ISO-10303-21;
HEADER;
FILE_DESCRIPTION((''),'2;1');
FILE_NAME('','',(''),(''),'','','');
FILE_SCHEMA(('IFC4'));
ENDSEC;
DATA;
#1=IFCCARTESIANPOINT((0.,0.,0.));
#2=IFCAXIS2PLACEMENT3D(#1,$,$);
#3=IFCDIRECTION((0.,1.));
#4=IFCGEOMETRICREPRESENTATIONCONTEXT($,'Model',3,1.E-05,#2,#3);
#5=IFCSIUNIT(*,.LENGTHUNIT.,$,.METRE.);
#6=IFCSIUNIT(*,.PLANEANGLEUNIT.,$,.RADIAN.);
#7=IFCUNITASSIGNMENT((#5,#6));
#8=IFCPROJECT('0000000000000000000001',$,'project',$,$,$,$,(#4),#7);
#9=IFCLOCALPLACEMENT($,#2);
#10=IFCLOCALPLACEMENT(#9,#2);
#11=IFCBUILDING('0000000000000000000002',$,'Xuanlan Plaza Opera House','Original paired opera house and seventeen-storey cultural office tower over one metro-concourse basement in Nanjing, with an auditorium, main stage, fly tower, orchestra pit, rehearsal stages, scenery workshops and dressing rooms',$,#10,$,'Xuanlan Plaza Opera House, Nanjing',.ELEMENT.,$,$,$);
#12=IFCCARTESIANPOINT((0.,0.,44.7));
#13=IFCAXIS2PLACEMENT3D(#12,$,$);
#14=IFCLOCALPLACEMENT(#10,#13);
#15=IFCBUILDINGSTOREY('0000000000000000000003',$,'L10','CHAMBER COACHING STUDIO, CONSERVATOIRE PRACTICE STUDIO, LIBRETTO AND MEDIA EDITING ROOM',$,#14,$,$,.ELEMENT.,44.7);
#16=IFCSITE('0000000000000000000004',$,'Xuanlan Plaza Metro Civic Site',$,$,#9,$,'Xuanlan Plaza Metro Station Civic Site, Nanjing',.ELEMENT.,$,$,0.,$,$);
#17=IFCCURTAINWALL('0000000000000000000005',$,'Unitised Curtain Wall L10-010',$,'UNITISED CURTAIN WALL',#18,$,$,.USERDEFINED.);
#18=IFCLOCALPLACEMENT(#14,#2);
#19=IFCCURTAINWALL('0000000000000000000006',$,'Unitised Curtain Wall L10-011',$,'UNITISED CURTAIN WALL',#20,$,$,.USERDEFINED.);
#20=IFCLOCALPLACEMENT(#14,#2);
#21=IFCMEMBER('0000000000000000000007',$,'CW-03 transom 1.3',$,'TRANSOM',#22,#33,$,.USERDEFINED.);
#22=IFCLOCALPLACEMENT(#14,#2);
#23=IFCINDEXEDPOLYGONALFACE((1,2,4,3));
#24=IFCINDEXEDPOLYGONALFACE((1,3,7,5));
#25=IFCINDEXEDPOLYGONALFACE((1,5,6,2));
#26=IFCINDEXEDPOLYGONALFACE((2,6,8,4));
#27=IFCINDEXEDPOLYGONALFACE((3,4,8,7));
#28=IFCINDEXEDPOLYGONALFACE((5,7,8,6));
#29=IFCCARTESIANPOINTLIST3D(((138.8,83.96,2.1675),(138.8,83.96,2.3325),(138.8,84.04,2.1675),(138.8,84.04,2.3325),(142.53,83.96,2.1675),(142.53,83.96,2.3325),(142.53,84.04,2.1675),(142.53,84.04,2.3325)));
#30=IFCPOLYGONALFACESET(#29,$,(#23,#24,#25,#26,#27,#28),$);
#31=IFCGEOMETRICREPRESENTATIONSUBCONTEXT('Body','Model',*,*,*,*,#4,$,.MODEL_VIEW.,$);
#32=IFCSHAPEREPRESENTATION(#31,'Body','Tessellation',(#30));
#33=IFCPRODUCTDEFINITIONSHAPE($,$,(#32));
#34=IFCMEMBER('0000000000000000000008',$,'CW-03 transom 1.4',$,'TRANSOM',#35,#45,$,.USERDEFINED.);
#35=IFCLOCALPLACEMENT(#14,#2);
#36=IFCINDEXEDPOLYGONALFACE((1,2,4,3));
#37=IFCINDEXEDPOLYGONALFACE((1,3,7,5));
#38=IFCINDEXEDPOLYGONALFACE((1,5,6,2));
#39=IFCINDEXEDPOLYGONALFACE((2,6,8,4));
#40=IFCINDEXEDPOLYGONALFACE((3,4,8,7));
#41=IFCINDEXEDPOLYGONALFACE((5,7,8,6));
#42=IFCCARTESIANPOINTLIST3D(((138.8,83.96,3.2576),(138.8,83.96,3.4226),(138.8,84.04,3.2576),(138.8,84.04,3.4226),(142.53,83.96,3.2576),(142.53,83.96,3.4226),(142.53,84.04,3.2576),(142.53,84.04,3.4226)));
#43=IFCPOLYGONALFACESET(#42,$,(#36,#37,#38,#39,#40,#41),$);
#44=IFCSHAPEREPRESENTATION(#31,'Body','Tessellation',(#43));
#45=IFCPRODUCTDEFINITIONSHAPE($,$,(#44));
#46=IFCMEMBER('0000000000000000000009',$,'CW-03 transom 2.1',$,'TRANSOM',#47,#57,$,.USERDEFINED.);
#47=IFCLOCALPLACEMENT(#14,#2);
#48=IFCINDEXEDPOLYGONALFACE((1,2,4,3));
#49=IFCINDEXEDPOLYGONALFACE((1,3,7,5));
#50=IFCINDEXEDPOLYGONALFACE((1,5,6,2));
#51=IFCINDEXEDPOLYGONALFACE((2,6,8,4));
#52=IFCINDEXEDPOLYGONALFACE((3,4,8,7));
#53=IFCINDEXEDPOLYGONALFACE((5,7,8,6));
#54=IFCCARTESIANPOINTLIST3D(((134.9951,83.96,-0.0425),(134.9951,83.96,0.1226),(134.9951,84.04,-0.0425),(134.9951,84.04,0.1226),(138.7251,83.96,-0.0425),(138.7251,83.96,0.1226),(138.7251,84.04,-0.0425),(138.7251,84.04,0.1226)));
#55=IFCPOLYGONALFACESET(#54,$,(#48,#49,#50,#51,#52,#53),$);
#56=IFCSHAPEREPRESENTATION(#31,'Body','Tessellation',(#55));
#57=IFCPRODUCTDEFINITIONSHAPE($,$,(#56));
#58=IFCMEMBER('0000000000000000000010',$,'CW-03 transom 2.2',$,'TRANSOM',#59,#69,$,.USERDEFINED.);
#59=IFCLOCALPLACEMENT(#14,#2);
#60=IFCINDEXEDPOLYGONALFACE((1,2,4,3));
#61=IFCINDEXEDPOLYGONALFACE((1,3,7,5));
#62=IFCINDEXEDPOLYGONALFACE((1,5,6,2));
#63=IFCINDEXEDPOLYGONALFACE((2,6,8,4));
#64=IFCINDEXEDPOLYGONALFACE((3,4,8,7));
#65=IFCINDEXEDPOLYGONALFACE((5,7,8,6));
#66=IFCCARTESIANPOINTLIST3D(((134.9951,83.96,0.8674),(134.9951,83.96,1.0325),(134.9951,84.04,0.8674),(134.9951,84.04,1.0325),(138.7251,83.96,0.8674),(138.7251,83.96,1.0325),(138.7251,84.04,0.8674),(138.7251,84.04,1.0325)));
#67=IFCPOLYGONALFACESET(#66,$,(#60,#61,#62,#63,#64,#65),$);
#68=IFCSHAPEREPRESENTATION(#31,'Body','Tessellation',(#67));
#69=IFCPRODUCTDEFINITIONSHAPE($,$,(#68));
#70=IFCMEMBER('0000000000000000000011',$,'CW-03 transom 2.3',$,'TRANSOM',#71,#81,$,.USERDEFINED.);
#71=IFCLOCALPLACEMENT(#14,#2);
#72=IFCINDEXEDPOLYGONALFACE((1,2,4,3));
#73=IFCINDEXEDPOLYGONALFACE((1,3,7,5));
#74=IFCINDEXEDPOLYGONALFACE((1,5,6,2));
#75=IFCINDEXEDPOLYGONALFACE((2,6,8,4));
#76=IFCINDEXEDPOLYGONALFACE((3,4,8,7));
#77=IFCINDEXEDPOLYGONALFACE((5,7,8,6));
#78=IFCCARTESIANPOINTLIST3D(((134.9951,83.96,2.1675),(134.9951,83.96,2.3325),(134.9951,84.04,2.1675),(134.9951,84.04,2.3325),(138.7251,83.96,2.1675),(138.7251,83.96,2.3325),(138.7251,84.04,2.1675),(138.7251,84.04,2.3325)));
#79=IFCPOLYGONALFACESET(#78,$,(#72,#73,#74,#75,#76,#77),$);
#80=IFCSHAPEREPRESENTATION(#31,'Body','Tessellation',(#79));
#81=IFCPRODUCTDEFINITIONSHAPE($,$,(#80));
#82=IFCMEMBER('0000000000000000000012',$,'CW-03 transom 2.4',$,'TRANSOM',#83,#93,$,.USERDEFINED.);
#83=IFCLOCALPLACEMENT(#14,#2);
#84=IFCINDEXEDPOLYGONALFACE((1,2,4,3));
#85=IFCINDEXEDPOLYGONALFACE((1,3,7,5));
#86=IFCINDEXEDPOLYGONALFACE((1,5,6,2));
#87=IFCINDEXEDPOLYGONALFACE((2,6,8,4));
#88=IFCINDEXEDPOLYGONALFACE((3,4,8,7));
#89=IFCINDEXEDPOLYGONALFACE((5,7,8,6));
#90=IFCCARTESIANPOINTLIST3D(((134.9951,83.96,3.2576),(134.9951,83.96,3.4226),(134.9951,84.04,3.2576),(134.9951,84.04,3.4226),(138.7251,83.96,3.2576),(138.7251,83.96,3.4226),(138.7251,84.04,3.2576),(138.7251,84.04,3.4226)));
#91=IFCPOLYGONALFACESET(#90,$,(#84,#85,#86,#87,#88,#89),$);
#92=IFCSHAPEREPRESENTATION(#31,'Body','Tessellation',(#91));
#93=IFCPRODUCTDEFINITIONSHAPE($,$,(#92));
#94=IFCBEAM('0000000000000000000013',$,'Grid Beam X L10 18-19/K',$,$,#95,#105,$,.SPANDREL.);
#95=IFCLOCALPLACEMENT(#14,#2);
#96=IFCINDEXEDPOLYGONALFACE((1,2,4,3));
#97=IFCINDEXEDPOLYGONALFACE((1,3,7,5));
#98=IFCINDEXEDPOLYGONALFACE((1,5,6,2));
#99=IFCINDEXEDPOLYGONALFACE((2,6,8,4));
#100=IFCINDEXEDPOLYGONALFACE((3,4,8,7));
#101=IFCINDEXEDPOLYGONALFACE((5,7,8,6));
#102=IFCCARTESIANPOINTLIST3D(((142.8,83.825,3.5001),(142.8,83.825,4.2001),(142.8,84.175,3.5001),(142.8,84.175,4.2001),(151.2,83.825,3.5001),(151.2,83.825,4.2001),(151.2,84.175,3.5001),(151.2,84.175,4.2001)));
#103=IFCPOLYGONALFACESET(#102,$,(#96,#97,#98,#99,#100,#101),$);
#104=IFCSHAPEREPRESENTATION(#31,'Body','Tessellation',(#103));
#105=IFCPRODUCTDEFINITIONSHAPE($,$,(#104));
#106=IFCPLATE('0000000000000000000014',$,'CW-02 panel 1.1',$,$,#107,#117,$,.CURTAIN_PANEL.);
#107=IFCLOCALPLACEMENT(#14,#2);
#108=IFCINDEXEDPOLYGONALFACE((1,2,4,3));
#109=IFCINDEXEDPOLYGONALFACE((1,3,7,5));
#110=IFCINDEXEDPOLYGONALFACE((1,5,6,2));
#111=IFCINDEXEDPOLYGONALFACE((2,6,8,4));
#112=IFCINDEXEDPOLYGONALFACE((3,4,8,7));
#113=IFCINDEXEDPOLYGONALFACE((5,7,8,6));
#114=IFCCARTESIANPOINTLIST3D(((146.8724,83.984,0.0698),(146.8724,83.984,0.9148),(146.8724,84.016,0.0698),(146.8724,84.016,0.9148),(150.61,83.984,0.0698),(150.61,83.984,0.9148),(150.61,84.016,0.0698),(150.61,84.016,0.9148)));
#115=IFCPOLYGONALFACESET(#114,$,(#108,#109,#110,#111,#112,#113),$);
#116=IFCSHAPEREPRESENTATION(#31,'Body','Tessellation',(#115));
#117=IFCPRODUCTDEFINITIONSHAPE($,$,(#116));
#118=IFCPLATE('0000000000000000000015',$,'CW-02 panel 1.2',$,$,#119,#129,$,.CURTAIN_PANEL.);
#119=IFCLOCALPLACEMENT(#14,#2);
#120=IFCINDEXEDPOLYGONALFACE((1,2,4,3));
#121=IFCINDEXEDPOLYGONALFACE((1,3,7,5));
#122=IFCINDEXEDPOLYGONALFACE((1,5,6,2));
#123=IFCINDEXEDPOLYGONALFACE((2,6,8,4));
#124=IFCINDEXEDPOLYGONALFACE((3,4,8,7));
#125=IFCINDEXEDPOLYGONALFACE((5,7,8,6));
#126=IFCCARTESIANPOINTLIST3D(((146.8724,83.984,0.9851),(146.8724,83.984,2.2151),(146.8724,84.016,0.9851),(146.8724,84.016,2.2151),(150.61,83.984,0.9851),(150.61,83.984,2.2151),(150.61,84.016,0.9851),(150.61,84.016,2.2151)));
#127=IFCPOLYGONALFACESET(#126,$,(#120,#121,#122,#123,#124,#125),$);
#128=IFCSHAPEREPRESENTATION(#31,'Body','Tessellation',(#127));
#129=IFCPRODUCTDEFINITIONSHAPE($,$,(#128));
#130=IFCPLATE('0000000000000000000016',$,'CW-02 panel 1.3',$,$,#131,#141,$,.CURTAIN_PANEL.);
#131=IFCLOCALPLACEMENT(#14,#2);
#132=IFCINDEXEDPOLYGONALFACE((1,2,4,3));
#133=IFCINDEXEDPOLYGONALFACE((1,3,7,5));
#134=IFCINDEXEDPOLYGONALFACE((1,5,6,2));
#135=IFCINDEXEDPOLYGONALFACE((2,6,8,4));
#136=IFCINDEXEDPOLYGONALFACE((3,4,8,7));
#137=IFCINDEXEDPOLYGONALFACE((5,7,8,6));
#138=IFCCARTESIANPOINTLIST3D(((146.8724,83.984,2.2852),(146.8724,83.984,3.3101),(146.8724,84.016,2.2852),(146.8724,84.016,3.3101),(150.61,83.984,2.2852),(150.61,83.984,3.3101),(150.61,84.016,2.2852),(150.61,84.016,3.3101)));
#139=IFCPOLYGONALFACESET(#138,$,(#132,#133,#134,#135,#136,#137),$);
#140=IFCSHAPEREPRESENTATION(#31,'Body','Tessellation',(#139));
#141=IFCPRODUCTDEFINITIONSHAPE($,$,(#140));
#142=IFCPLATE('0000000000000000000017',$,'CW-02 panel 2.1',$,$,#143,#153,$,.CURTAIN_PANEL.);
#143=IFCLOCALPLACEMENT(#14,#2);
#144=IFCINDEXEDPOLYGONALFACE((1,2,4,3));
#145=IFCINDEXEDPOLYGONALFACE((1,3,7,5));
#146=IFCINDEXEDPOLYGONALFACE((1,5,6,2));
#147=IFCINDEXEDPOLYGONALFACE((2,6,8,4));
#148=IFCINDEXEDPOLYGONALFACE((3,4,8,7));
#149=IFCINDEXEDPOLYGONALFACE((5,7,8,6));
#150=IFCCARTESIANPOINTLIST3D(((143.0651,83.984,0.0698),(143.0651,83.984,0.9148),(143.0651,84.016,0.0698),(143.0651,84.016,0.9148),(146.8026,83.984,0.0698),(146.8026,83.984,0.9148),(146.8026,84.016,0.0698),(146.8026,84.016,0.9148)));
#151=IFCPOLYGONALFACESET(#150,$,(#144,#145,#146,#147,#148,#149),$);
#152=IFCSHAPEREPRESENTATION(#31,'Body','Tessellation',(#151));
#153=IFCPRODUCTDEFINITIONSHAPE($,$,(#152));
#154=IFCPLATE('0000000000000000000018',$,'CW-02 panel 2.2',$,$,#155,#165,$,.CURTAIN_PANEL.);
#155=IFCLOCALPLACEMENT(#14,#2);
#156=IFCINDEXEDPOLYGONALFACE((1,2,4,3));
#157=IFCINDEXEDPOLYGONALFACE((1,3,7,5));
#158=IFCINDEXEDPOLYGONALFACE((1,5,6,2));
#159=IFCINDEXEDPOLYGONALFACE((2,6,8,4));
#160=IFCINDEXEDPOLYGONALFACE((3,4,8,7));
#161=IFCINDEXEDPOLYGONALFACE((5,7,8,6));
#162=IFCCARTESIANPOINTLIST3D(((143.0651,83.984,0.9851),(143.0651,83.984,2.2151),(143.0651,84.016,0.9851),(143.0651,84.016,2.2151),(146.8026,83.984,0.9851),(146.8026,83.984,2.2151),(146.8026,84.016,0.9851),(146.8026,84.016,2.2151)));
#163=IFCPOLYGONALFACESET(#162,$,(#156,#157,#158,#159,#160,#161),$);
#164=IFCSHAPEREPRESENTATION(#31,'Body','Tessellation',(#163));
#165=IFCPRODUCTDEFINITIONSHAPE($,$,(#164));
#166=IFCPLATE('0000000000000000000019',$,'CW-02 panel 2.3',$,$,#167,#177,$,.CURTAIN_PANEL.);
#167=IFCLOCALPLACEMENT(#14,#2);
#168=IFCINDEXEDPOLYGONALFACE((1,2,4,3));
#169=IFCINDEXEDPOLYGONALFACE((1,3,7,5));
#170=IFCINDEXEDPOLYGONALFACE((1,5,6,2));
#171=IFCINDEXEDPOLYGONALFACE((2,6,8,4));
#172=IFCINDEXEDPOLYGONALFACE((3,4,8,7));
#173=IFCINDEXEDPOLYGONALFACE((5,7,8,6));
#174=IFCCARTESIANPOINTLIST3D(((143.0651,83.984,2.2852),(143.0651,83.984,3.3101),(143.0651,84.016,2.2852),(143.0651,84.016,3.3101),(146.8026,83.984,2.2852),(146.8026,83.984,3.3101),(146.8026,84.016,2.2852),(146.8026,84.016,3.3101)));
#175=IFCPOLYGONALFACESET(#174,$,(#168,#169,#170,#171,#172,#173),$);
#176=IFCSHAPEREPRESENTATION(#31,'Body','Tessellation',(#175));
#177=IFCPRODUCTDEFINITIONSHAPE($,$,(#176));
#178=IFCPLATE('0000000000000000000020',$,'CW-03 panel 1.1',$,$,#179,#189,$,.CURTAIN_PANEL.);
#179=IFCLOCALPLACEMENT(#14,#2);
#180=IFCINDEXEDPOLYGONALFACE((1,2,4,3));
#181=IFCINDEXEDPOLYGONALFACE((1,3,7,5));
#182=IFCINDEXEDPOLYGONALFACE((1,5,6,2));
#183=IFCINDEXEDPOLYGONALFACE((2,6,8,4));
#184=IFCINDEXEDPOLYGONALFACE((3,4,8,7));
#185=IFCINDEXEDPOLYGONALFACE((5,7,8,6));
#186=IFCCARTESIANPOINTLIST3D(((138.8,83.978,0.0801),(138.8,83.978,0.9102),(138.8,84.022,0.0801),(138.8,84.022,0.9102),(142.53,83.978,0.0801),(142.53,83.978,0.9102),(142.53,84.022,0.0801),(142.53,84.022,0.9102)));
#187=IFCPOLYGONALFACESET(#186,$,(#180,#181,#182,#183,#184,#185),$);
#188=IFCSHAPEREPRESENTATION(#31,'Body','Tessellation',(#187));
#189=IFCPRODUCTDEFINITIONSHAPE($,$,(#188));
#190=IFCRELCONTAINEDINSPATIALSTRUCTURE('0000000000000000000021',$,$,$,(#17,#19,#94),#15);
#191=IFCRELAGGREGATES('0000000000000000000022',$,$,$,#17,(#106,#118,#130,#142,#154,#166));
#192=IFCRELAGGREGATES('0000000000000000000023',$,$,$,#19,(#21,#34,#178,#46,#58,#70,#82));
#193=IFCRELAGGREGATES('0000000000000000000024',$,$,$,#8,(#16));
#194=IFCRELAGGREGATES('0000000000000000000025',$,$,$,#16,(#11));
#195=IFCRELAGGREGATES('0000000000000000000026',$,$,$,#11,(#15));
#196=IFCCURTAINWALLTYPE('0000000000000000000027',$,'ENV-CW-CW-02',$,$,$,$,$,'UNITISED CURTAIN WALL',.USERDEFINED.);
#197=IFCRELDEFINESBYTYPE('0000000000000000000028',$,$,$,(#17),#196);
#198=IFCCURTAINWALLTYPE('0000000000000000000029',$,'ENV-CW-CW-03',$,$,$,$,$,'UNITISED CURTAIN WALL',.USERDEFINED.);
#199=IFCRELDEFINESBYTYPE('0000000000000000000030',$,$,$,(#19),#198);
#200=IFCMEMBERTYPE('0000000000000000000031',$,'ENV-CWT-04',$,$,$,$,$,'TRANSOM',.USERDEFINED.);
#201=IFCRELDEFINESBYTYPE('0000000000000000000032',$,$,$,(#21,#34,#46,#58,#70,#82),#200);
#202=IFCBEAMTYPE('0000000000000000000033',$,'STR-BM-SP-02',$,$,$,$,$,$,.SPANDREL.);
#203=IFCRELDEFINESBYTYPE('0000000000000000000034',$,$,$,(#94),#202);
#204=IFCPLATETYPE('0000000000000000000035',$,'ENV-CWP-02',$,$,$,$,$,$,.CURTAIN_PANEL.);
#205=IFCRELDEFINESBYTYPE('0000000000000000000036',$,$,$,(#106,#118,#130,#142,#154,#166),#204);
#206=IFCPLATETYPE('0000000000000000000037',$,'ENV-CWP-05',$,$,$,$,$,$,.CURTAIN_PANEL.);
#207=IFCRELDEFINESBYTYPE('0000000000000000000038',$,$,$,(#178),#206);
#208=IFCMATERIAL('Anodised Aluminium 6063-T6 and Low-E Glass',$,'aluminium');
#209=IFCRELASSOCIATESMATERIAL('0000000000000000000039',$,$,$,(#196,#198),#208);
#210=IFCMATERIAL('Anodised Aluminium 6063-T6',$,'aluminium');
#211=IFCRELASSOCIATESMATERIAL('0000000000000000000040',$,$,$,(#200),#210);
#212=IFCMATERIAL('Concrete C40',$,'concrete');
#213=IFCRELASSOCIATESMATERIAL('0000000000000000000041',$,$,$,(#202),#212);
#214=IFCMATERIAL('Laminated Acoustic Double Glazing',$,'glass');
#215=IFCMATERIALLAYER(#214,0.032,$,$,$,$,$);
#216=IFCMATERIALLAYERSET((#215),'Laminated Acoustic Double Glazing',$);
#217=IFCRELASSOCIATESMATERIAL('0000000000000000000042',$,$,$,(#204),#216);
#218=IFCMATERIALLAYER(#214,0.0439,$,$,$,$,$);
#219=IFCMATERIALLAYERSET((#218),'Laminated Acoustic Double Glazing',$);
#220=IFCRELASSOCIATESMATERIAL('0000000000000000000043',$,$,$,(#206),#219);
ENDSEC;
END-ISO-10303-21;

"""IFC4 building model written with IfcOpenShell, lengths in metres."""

from ifc_helpers import new_model, si_unit, direction, frame, origin, origin_2d, place, context, subcontext, project, spatial, rectangle, extrude, material, layer, layer_set, material_profile, profile_set, type_object, element, aggregate, save


model = new_model("IFC4")

# Units and contexts
model_context = context("Model", 3, precision=1e-05, world=origin(), true_north=direction((0.0, 1.0)))
body_context = subcontext(model_context, "Body", "Model", "MODEL_VIEW")
ifc_project = project(units=[si_unit("LENGTHUNIT", "METRE"), si_unit("PLANEANGLEUNIT", "RADIAN")], contexts=[model_context])

# Site, building, storey
site_placement = place(None, origin())
site = spatial("IfcSite", under=ifc_project, at=site_placement, Name="Xuanlan Plaza Metro Civic Site", LongName="Xuanlan Plaza Metro Station Civic Site, Nanjing", CompositionType="ELEMENT", RefElevation=0.0)
building_placement = place(site_placement, origin())
building = spatial("IfcBuilding", under=site, at=building_placement, Name="Xuanlan Plaza Opera House", Description="Original paired opera house and seventeen-storey cultural office tower over one metro-concourse basement in Nanjing, with an auditorium, main stage, fly tower, orchestra pit, rehearsal stages, scenery workshops and dressing rooms", LongName="Xuanlan Plaza Opera House, Nanjing", CompositionType="ELEMENT")
storey_placement = place(building_placement, frame((0.0, 0.0, 44.7)))
storey = spatial("IfcBuildingStorey", under=building, at=storey_placement, Name="L10", Description="CHAMBER COACHING STUDIO, CONSERVATOIRE PRACTICE STUDIO, LIBRETTO AND MEDIA EDITING ROOM", CompositionType="ELEMENT", Elevation=44.7)

# Curtain walls
ifc_material_1 = material(Name="Anodised Aluminium 6063-T6 and Low-E Glass", Category="aluminium")
curtain_wall_type_1 = type_object("IfcCurtainWallType", Name="ENV-CW-CW-02", ElementType="UNITISED CURTAIN WALL", PredefinedType="USERDEFINED", material=ifc_material_1)
curtain_wall_1_placement = place(storey_placement, origin())
curtain_wall_1 = element("IfcCurtainWall", 1, at=curtain_wall_1_placement, inside=storey, type_object=curtain_wall_type_1, Name="Unitised Curtain Wall L10-010", ObjectType="UNITISED CURTAIN WALL", PredefinedType="USERDEFINED")
ifc_material_2 = material(Name="Anodised Aluminium 6063-T6", Category="aluminium")
curtain_wall_type_2 = type_object("IfcCurtainWallType", Name="ENV-CW-CW-03", ElementType="UNITISED CURTAIN WALL", PredefinedType="USERDEFINED", material=ifc_material_1)
curtain_wall_2_placement = place(storey_placement, origin())
curtain_wall_2 = element("IfcCurtainWall", 2, at=curtain_wall_2_placement, inside=storey, type_object=curtain_wall_type_2, Name="Unitised Curtain Wall L10-011", ObjectType="UNITISED CURTAIN WALL", PredefinedType="USERDEFINED")

# Members
ifc_material_profile_1 = material_profile(ifc_material_2, rectangle(XDim=0.0801, YDim=0.165, at=origin_2d()), Name="ALU-T 80x165")
ifc_profile_set_1 = profile_set([ifc_material_profile_1], Name="Anodised Aluminium 6063-T6")
member_type_1 = type_object("IfcMemberType", Name="ENV-CWT-04", ElementType="TRANSOM", PredefinedType="USERDEFINED", material=ifc_profile_set_1)
member_1_placement = place(storey_placement, frame((142.53, 84.0, 2.25), z_axis=(-1.0, 0.0, 0.0), x_axis=(0.0, -1.0, 0.0)))
member_1 = element("IfcMember", 3, at=member_1_placement, type_object=member_type_1, Name="CW-03 transom 1.3", ObjectType="TRANSOM", PredefinedType="USERDEFINED", context=body_context, shape_type="SweptSolid", body=[
    extrude(rectangle(XDim=0.0801, YDim=0.165, at=origin_2d()), origin(), (0.0, 0.0, 1.0), 3.73),
])
member_2_placement = place(storey_placement, frame((142.53, 84.0, 3.3401), z_axis=(-1.0, 0.0, 0.0), x_axis=(0.0, -1.0, 0.0)))
member_2 = element("IfcMember", 4, at=member_2_placement, type_object=member_type_1, Name="CW-03 transom 1.4", ObjectType="TRANSOM", PredefinedType="USERDEFINED", context=body_context, shape_type="SweptSolid", body=[
    extrude(rectangle(XDim=0.0801, YDim=0.165, at=origin_2d()), origin(), (0.0, 0.0, 1.0), 3.73),
])
member_3_placement = place(storey_placement, frame((138.7251, 84.0, 0.04), z_axis=(-1.0, 0.0, 0.0), x_axis=(0.0, -1.0, 0.0)))
member_3 = element("IfcMember", 5, at=member_3_placement, type_object=member_type_1, Name="CW-03 transom 2.1", ObjectType="TRANSOM", PredefinedType="USERDEFINED", context=body_context, shape_type="SweptSolid", body=[
    extrude(rectangle(XDim=0.0801, YDim=0.165, at=origin_2d()), origin(), (0.0, 0.0, 1.0), 3.73),
])
member_4_placement = place(storey_placement, frame((138.7251, 84.0, 0.95), z_axis=(-1.0, 0.0, 0.0), x_axis=(0.0, -1.0, 0.0)))
member_4 = element("IfcMember", 6, at=member_4_placement, type_object=member_type_1, Name="CW-03 transom 2.2", ObjectType="TRANSOM", PredefinedType="USERDEFINED", context=body_context, shape_type="SweptSolid", body=[
    extrude(rectangle(XDim=0.0801, YDim=0.165, at=origin_2d()), origin(), (0.0, 0.0, 1.0), 3.73),
])
member_5_placement = place(storey_placement, frame((138.7251, 84.0, 2.25), z_axis=(-1.0, 0.0, 0.0), x_axis=(0.0, -1.0, 0.0)))
member_5 = element("IfcMember", 7, at=member_5_placement, type_object=member_type_1, Name="CW-03 transom 2.3", ObjectType="TRANSOM", PredefinedType="USERDEFINED", context=body_context, shape_type="SweptSolid", body=[
    extrude(rectangle(XDim=0.0801, YDim=0.165, at=origin_2d()), origin(), (0.0, 0.0, 1.0), 3.73),
])
member_6_placement = place(storey_placement, frame((138.7251, 84.0, 3.3401), z_axis=(-1.0, 0.0, 0.0), x_axis=(0.0, -1.0, 0.0)))
member_6 = element("IfcMember", 8, at=member_6_placement, type_object=member_type_1, Name="CW-03 transom 2.4", ObjectType="TRANSOM", PredefinedType="USERDEFINED", context=body_context, shape_type="SweptSolid", body=[
    extrude(rectangle(XDim=0.0801, YDim=0.165, at=origin_2d()), origin(), (0.0, 0.0, 1.0), 3.73),
])

# Beam
ifc_material_3 = material(Name="Concrete C40", Category="concrete")
ifc_material_profile_2 = material_profile(ifc_material_3, rectangle(XDim=0.3501, YDim=0.7, at=origin_2d()), Name="RC-SPD 350x700")
ifc_profile_set_2 = profile_set([ifc_material_profile_2], Name="Concrete C40")
beam_type = type_object("IfcBeamType", Name="STR-BM-SP-02", PredefinedType="SPANDREL", material=ifc_profile_set_2)
beam_placement = place(storey_placement, frame((142.8, 84.0, 3.8501), z_axis=(1.0, 0.0, 0.0), x_axis=(0.0, 1.0, 0.0)))
element("IfcBeam", 9, at=beam_placement, inside=storey, type_object=beam_type, Name="Grid Beam X L10 18-19/K", PredefinedType="SPANDREL", context=body_context, shape_type="SweptSolid", body=[
    extrude(rectangle(XDim=0.3501, YDim=0.7, at=origin_2d()), origin(), (0.0, 0.0, 1.0), 8.3999),
])

# Plates
ifc_material_4 = material(Name="Laminated Acoustic Double Glazing", Category="glass")
ifc_layer_1 = layer(ifc_material_4, 0.032)
ifc_layer_set_1 = layer_set([ifc_layer_1], Name="Laminated Acoustic Double Glazing")
plate_type_1 = type_object("IfcPlateType", Name="ENV-CWP-02", PredefinedType="CURTAIN_PANEL", material=ifc_layer_set_1)
plate_1_placement = place(storey_placement, frame((148.7412, 84.0, 0.0698), z_axis=(0.0, 0.0, 1.0), x_axis=(-1.0, 0.0, 0.0)))
plate_1 = element("IfcPlate", 10, at=plate_1_placement, type_object=plate_type_1, Name="CW-02 panel 1.1", PredefinedType="CURTAIN_PANEL", context=body_context, shape_type="SweptSolid", body=[
    extrude(rectangle(XDim=3.7375, YDim=0.032, at=origin_2d()), origin(), (0.0, 0.0, 1.0), 0.845),
])
plate_2_placement = place(storey_placement, frame((148.7412, 84.0, 0.9851), z_axis=(0.0, 0.0, 1.0), x_axis=(-1.0, 0.0, 0.0)))
plate_2 = element("IfcPlate", 11, at=plate_2_placement, type_object=plate_type_1, Name="CW-02 panel 1.2", PredefinedType="CURTAIN_PANEL", context=body_context, shape_type="SweptSolid", body=[
    extrude(rectangle(XDim=3.7375, YDim=0.032, at=origin_2d()), origin(), (0.0, 0.0, 1.0), 1.23),
])
plate_3_placement = place(storey_placement, frame((148.7412, 84.0, 2.2852), z_axis=(0.0, 0.0, 1.0), x_axis=(-1.0, 0.0, 0.0)))
plate_3 = element("IfcPlate", 12, at=plate_3_placement, type_object=plate_type_1, Name="CW-02 panel 1.3", PredefinedType="CURTAIN_PANEL", context=body_context, shape_type="SweptSolid", body=[
    extrude(rectangle(XDim=3.7375, YDim=0.032, at=origin_2d()), origin(), (0.0, 0.0, 1.0), 1.0249),
])
plate_4_placement = place(storey_placement, frame((144.9338, 84.0, 0.0698), z_axis=(0.0, 0.0, 1.0), x_axis=(-1.0, 0.0, 0.0)))
plate_4 = element("IfcPlate", 13, at=plate_4_placement, type_object=plate_type_1, Name="CW-02 panel 2.1", PredefinedType="CURTAIN_PANEL", context=body_context, shape_type="SweptSolid", body=[
    extrude(rectangle(XDim=3.7375, YDim=0.032, at=origin_2d()), origin(), (0.0, 0.0, 1.0), 0.845),
])
plate_5_placement = place(storey_placement, frame((144.9338, 84.0, 0.9851), z_axis=(0.0, 0.0, 1.0), x_axis=(-1.0, 0.0, 0.0)))
plate_5 = element("IfcPlate", 14, at=plate_5_placement, type_object=plate_type_1, Name="CW-02 panel 2.2", PredefinedType="CURTAIN_PANEL", context=body_context, shape_type="SweptSolid", body=[
    extrude(rectangle(XDim=3.7375, YDim=0.032, at=origin_2d()), origin(), (0.0, 0.0, 1.0), 1.23),
])
plate_6_placement = place(storey_placement, frame((144.9338, 84.0, 2.2852), z_axis=(0.0, 0.0, 1.0), x_axis=(-1.0, 0.0, 0.0)))
plate_6 = element("IfcPlate", 15, at=plate_6_placement, type_object=plate_type_1, Name="CW-02 panel 2.3", PredefinedType="CURTAIN_PANEL", context=body_context, shape_type="SweptSolid", body=[
    extrude(rectangle(XDim=3.7375, YDim=0.032, at=origin_2d()), origin(), (0.0, 0.0, 1.0), 1.0249),
])
aggregate(curtain_wall_1, [plate_1, plate_2, plate_3, plate_4, plate_5, plate_6])
ifc_layer_2 = layer(ifc_material_4, 0.0439)
ifc_layer_set_2 = layer_set([ifc_layer_2], Name="Laminated Acoustic Double Glazing")
plate_type_2 = type_object("IfcPlateType", Name="ENV-CWP-05", PredefinedType="CURTAIN_PANEL", material=ifc_layer_set_2)
plate_7_placement = place(storey_placement, frame((140.665, 84.0, 0.0801), z_axis=(0.0, 0.0, 1.0), x_axis=(-1.0, 0.0, 0.0)))
plate_7 = element("IfcPlate", 16, at=plate_7_placement, type_object=plate_type_2, Name="CW-03 panel 1.1", PredefinedType="CURTAIN_PANEL", context=body_context, shape_type="SweptSolid", body=[
    extrude(rectangle(XDim=3.73, YDim=0.0439, at=origin_2d()), origin(), (0.0, 0.0, 1.0), 0.8301),
])
aggregate(curtain_wall_2, [member_1, member_2, plate_7, member_3, member_4, member_5, member_6])

save(model, "model.ifc")
